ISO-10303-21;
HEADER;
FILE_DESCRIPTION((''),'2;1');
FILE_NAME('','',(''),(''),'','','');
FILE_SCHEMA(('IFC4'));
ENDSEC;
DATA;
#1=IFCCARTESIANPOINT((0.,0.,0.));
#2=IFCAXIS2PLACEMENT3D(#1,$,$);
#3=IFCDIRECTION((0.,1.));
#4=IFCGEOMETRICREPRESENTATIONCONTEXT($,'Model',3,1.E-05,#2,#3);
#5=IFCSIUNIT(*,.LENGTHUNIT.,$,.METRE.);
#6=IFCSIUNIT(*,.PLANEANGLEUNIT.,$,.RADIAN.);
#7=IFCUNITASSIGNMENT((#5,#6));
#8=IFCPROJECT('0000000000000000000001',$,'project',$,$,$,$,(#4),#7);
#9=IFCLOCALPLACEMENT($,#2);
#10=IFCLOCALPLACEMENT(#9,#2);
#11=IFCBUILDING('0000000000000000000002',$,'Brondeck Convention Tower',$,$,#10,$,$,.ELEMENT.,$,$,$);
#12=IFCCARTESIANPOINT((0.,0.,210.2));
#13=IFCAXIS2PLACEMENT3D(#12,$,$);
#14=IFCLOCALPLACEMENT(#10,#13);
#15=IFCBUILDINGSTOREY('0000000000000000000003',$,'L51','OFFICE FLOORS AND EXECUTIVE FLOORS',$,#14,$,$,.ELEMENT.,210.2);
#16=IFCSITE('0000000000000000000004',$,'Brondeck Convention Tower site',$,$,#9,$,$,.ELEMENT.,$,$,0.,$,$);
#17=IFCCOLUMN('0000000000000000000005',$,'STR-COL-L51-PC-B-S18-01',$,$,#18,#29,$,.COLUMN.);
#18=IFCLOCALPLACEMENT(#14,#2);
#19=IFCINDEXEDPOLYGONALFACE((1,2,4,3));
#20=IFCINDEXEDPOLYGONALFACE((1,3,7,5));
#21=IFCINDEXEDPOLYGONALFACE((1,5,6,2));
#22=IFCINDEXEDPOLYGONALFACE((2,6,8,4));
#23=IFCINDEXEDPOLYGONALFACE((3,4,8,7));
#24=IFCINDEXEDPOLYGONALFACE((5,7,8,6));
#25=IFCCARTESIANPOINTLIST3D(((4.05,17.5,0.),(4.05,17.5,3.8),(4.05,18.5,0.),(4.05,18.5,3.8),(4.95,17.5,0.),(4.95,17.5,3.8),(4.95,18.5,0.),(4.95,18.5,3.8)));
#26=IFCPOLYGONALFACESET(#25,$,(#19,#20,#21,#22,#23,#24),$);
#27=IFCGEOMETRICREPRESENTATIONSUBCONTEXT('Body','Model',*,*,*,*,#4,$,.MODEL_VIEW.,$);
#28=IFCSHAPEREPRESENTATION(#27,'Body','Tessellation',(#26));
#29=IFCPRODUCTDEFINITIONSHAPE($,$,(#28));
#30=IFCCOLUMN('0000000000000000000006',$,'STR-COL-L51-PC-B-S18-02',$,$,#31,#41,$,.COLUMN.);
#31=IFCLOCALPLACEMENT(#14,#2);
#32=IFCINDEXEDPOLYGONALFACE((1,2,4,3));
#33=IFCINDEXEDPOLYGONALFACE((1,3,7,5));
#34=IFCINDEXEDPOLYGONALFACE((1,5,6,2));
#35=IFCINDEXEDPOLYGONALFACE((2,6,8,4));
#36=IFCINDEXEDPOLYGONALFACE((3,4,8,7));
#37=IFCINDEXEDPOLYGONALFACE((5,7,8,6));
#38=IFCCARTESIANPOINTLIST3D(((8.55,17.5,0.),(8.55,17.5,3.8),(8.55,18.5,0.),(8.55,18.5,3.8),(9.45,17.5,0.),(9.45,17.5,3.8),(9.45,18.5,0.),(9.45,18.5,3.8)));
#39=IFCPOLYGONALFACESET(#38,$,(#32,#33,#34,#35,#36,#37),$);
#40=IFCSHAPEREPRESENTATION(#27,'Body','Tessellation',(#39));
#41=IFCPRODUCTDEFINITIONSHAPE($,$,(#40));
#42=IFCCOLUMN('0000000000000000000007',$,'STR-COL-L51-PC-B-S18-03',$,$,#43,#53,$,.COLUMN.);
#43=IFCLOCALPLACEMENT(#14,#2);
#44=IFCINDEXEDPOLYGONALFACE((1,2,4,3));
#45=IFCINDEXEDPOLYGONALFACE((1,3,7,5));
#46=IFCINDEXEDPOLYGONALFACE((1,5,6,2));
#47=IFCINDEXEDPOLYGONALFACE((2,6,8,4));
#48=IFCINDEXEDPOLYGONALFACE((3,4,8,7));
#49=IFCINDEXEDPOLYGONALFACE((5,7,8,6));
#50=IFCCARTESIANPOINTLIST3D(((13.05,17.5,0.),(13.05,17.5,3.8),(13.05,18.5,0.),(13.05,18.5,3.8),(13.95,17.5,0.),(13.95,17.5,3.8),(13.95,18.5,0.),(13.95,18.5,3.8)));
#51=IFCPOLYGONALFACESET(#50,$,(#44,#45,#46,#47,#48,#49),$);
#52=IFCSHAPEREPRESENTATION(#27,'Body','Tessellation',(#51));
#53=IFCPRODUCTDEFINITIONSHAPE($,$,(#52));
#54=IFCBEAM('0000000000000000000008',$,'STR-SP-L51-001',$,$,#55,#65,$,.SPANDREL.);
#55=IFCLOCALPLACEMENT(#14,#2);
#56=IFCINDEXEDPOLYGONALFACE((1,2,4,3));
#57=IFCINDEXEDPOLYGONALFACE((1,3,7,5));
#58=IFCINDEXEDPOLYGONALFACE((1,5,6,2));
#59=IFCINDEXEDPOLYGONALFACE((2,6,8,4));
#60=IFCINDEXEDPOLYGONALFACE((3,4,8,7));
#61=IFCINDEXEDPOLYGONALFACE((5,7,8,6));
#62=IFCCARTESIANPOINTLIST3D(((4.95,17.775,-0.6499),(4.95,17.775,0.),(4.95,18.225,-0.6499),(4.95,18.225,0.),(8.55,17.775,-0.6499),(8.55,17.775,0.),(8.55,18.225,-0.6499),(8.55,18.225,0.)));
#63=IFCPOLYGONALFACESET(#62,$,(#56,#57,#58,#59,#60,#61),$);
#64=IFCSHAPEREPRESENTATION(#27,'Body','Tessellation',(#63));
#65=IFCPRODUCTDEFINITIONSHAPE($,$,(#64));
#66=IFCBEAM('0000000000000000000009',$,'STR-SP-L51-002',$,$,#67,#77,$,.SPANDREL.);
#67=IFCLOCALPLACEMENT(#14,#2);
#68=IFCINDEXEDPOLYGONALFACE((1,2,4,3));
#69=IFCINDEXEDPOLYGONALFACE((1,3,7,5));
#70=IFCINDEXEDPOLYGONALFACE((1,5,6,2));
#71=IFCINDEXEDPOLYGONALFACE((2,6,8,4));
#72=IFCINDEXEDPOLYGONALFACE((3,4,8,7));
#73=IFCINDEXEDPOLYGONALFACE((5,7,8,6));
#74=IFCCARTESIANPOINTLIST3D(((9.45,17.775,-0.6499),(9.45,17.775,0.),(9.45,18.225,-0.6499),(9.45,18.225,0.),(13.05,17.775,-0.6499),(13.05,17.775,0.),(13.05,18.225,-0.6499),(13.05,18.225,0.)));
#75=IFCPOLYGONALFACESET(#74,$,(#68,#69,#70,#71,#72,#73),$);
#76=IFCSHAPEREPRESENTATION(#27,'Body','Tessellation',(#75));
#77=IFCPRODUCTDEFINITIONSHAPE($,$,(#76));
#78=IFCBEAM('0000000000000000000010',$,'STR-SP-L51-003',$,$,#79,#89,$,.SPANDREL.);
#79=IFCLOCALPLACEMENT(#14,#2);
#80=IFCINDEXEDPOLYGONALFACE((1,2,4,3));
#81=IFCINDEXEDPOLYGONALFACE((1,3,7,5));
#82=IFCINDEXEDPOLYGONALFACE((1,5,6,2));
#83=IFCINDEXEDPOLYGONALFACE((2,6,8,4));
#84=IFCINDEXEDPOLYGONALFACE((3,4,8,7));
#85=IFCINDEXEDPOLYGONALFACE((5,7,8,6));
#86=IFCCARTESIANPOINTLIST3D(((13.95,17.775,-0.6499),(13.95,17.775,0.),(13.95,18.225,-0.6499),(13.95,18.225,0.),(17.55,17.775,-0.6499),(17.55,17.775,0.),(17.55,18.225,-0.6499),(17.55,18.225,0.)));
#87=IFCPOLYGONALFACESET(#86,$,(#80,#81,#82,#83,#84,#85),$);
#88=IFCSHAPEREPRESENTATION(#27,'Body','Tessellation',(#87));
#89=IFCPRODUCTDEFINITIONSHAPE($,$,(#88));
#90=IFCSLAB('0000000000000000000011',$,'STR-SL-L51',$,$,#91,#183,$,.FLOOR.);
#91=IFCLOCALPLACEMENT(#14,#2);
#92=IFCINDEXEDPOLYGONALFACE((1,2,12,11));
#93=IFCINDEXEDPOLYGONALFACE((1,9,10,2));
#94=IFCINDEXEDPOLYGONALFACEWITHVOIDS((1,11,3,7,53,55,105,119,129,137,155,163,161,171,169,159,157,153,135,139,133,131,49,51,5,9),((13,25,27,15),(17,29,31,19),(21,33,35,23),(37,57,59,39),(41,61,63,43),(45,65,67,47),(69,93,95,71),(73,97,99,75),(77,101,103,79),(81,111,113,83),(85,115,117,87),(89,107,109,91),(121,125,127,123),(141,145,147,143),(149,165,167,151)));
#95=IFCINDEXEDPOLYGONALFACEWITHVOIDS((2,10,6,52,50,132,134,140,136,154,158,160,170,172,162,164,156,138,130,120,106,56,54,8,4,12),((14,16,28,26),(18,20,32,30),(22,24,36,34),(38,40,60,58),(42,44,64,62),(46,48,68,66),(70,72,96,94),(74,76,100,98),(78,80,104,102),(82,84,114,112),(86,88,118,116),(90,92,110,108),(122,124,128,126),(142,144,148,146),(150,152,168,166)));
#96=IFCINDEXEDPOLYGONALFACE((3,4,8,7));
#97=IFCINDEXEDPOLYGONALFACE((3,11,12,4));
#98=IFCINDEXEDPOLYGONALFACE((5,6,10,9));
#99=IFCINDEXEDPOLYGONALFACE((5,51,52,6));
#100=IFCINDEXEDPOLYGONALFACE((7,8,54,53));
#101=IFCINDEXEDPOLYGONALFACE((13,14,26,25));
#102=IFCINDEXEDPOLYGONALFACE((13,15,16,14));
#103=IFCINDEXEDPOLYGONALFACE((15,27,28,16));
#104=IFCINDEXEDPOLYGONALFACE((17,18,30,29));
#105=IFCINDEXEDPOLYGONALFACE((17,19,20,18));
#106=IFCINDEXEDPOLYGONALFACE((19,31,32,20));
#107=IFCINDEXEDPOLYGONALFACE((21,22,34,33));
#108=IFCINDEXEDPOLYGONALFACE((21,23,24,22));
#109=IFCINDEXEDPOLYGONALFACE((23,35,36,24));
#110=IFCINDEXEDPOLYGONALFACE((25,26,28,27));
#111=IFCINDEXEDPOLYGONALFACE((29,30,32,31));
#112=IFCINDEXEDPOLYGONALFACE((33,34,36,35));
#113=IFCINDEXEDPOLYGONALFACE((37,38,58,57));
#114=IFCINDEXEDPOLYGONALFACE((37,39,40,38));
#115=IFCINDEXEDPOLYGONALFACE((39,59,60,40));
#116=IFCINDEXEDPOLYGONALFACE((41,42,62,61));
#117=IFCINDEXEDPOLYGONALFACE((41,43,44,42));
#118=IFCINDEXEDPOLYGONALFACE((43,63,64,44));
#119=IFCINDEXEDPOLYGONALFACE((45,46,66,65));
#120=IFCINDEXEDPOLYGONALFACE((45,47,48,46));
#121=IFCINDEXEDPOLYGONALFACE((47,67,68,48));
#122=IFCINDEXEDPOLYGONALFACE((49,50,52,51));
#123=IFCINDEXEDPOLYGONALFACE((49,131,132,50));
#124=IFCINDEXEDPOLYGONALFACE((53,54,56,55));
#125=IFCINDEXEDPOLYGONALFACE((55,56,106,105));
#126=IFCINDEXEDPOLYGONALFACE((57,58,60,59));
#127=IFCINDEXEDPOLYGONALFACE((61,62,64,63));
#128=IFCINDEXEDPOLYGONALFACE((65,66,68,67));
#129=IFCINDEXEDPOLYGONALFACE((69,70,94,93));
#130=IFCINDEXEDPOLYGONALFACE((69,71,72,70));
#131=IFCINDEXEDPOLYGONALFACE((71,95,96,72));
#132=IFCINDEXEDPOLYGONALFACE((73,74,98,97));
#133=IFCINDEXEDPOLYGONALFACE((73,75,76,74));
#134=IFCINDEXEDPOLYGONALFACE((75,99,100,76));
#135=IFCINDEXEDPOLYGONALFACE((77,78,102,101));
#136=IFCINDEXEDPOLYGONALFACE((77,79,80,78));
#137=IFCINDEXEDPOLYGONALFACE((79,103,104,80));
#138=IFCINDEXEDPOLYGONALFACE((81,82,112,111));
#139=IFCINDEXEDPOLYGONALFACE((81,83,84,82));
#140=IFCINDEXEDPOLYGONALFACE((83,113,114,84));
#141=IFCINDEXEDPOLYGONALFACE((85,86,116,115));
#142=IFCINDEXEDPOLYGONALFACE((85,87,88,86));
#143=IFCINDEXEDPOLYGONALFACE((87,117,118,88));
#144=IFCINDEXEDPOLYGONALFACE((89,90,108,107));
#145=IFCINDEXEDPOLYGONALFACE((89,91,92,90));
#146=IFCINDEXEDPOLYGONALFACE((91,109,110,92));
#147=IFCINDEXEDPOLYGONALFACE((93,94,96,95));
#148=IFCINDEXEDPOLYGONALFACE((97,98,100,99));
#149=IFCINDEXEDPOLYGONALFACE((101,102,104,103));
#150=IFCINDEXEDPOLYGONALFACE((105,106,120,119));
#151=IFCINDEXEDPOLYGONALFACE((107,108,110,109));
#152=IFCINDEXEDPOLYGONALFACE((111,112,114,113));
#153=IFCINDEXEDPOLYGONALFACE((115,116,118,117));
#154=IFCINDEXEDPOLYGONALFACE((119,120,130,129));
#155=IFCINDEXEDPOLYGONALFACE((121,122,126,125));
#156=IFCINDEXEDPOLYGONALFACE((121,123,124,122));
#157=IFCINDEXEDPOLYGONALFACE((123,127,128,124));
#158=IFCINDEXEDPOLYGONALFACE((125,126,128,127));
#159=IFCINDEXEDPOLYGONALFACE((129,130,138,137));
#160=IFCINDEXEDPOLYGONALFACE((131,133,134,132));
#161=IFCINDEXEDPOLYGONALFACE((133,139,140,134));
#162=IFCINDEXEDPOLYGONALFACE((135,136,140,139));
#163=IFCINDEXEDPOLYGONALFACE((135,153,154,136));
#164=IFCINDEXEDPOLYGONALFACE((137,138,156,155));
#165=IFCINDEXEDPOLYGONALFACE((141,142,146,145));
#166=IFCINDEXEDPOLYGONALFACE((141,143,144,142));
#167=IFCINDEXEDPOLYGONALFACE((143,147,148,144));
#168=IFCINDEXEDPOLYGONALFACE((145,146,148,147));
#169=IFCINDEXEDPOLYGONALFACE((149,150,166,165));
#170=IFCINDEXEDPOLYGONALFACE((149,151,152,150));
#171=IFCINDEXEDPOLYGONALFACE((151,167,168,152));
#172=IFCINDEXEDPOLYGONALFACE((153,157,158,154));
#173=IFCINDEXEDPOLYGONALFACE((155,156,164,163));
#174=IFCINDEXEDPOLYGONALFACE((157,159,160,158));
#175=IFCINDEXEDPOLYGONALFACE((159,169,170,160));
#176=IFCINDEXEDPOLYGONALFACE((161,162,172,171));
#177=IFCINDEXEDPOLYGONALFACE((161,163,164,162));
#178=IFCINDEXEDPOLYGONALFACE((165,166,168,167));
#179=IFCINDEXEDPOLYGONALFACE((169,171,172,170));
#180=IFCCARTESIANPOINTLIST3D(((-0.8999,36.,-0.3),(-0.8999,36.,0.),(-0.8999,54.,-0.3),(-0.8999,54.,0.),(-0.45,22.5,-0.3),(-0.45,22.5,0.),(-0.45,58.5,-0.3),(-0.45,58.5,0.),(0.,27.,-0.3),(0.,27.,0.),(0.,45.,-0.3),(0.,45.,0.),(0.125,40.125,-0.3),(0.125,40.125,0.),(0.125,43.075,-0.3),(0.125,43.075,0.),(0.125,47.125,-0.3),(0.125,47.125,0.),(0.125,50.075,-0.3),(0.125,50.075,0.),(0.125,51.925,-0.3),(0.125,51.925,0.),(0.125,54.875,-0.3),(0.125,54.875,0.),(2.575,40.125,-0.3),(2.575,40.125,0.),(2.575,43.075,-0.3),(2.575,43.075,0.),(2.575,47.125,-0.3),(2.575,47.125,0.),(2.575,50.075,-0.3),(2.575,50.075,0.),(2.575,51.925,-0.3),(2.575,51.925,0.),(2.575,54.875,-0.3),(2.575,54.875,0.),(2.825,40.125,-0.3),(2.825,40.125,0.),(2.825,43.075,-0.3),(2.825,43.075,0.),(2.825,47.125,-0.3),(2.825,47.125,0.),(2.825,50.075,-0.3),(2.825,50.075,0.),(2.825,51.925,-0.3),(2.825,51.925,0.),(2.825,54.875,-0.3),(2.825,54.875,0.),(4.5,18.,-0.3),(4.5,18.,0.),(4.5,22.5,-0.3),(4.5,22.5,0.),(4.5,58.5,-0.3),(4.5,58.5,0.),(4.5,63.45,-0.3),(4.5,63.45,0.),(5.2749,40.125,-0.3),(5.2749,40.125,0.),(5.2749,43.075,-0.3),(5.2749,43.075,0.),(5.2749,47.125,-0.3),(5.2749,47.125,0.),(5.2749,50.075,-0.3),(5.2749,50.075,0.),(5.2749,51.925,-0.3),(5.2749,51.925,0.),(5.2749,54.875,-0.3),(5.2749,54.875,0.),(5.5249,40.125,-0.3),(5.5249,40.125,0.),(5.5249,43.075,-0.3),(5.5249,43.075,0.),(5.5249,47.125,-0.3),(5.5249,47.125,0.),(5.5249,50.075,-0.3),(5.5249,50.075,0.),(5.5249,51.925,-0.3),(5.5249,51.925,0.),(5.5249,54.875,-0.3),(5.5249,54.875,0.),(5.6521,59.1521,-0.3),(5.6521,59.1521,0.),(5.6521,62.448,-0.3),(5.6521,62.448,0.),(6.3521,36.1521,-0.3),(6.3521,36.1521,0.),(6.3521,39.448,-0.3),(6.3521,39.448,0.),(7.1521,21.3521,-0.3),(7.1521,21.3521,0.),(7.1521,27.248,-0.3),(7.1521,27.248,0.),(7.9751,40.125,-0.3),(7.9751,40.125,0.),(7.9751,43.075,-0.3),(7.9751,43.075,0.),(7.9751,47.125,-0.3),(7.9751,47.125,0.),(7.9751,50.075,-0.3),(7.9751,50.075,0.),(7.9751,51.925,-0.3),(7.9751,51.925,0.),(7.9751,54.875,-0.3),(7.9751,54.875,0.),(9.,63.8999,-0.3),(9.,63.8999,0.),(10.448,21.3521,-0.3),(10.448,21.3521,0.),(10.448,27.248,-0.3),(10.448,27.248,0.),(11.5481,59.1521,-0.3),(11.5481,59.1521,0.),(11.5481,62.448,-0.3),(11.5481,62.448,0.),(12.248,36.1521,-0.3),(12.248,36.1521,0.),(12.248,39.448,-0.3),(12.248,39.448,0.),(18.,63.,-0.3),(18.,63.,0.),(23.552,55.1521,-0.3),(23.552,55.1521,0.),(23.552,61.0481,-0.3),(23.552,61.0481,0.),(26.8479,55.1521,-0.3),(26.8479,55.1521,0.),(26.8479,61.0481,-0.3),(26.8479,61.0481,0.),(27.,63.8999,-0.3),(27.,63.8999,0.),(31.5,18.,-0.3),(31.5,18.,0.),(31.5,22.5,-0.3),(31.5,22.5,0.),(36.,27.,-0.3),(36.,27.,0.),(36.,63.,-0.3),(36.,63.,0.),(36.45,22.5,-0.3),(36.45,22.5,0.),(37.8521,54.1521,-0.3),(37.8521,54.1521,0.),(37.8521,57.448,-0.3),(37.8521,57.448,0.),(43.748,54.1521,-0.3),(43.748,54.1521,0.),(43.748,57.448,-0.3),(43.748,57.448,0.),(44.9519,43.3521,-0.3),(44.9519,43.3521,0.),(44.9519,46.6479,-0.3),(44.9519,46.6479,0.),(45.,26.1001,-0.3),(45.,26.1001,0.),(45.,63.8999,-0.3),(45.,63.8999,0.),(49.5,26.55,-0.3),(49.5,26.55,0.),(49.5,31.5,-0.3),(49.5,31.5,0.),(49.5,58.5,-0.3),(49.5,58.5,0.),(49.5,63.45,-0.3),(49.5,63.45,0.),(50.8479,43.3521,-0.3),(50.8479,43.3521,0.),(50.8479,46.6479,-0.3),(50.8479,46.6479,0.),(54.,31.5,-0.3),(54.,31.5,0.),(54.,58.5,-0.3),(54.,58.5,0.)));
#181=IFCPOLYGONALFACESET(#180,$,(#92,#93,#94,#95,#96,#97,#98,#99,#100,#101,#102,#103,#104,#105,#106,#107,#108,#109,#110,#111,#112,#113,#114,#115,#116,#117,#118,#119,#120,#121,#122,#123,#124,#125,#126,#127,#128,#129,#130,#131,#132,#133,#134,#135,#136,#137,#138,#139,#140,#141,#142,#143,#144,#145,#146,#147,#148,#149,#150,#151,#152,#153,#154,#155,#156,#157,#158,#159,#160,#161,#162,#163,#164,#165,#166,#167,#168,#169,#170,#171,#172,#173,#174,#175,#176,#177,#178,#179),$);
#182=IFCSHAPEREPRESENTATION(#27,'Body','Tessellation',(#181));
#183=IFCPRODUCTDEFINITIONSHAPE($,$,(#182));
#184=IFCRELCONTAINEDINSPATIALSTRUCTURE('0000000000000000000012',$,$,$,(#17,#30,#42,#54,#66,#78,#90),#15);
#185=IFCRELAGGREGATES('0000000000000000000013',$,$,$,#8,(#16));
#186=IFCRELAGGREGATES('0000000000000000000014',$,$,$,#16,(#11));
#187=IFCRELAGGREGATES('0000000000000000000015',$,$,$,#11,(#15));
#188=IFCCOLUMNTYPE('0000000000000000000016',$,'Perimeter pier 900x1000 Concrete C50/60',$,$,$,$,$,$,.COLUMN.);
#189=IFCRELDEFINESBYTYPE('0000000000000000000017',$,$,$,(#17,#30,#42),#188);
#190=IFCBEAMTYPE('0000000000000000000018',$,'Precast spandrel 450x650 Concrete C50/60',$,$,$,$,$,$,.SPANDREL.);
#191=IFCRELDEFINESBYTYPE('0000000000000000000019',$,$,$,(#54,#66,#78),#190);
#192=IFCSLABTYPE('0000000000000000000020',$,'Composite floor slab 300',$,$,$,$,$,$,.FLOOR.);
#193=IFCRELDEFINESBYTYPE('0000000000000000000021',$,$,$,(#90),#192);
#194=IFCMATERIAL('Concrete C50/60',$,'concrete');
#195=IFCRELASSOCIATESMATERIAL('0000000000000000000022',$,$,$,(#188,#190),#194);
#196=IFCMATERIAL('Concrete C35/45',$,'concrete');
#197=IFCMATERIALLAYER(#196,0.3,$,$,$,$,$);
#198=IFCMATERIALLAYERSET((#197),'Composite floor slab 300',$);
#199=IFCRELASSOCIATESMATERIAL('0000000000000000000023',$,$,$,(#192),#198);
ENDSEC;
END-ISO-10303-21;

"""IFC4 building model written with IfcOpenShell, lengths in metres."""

from ifc_helpers import new_model, si_unit, direction, frame, origin, origin_2d, place, context, subcontext, project, spatial, polyline, rectangle, outline, extrude, material, layer, layer_set, material_profile, profile_set, type_object, element, save


model = new_model("IFC4")

# Units and contexts
model_context = context("Model", 3, precision=1e-05, world=origin(), true_north=direction((0.0, 1.0)))
body_context = subcontext(model_context, "Body", "Model", "MODEL_VIEW")
ifc_project = project(units=[si_unit("LENGTHUNIT", "METRE"), si_unit("PLANEANGLEUNIT", "RADIAN")], contexts=[model_context])

# Site, building, storey
site_placement = place(None, origin())
site = spatial("IfcSite", under=ifc_project, at=site_placement, Name="Brondeck Convention Tower site", CompositionType="ELEMENT", RefElevation=0.0)
building_placement = place(site_placement, origin())
building = spatial("IfcBuilding", under=site, at=building_placement, Name="Brondeck Convention Tower", CompositionType="ELEMENT")
storey_placement = place(building_placement, frame((0.0, 0.0, 210.2)))
storey = spatial("IfcBuildingStorey", under=building, at=storey_placement, Name="L51", Description="OFFICE FLOORS AND EXECUTIVE FLOORS", CompositionType="ELEMENT", Elevation=210.2)

# Columns
ifc_material_1 = material(Name="Concrete C50/60", Category="concrete")
ifc_material_profile_1 = material_profile(ifc_material_1, rectangle(XDim=0.8999, YDim=1.0, at=origin_2d()), Name="Perimeter pier 900x1000 Concrete C50/60")
ifc_profile_set_1 = profile_set([ifc_material_profile_1], Name="Concrete C50/60")
column_type = type_object("IfcColumnType", Name="Perimeter pier 900x1000 Concrete C50/60", PredefinedType="COLUMN", material=ifc_profile_set_1)
for number, where, z_axis, x_axis, name in (
    (1, (4.5, 18.0, 0.0), (0.0, 0.0, 1.0), (1.0, 0.0, 0.0), "STR-COL-L51-PC-B-S18-01"),
    (2, (9.0, 18.0, 0.0), (0.0, 0.0, 1.0), (1.0, 0.0, 0.0), "STR-COL-L51-PC-B-S18-02"),
    (3, (13.5, 18.0, 0.0), (0.0, 0.0, 1.0), (1.0, 0.0, 0.0), "STR-COL-L51-PC-B-S18-03"),
):
    element("IfcColumn", number, at=place(storey_placement, frame(where, z_axis=z_axis, x_axis=x_axis)), inside=storey, type_object=column_type, Name=name, PredefinedType="COLUMN", context=body_context, shape_type="SweptSolid", body=[
        extrude(rectangle(XDim=0.8999, YDim=1.0, at=origin_2d()), origin(), (0.0, 0.0, 1.0), 3.8),
    ])

# Beams
ifc_material_profile_2 = material_profile(ifc_material_1, rectangle(XDim=0.45, YDim=0.6499, at=origin_2d()), Name="Precast spandrel 450x650 Concrete C50/60")
ifc_profile_set_2 = profile_set([ifc_material_profile_2], Name="Concrete C50/60")
beam_type = type_object("IfcBeamType", Name="Precast spandrel 450x650 Concrete C50/60", PredefinedType="SPANDREL", material=ifc_profile_set_2)
for number, where, z_axis, x_axis, name in (
    (4, (4.95, 18.0, -0.325), (1.0, 0.0, 0.0), (0.0, 1.0, 0.0), "STR-SP-L51-001"),
    (5, (9.45, 18.0, -0.325), (1.0, 0.0, 0.0), (0.0, 1.0, 0.0), "STR-SP-L51-002"),
    (6, (13.95, 18.0, -0.325), (1.0, 0.0, 0.0), (0.0, 1.0, 0.0), "STR-SP-L51-003"),
):
    element("IfcBeam", number, at=place(storey_placement, frame(where, z_axis=z_axis, x_axis=x_axis)), inside=storey, type_object=beam_type, Name=name, PredefinedType="SPANDREL", context=body_context, shape_type="SweptSolid", body=[
        extrude(rectangle(XDim=0.45, YDim=0.6499, at=origin_2d()), origin(), (0.0, 0.0, 1.0), 3.6001),
    ])

# Slab
ifc_material_2 = material(Name="Concrete C35/45", Category="concrete")
ifc_layer_1 = layer(ifc_material_2, 0.3)
ifc_layer_set_1 = layer_set([ifc_layer_1], Name="Composite floor slab 300")
slab_type_1 = type_object("IfcSlabType", Name="Composite floor slab 300", PredefinedType="FLOOR", material=ifc_layer_set_1)
slab_1_placement = place(storey_placement, frame((0.0, 0.0, -0.3)))
element("IfcSlab", 7, at=slab_1_placement, inside=storey, type_object=slab_type_1, Name="STR-SL-L51", PredefinedType="FLOOR", context=body_context, shape_type="SweptSolid", body=[
    extrude(outline(polyline([(4.5, 22.5), (-0.45, 22.5), (0.0, 27.0), (-0.8999, 36.0), (0.0, 45.0), (-0.8999, 54.0), (-0.45, 58.5), (4.5, 58.5), (4.5, 63.45), (9.0, 63.8999), (18.0, 63.0), (27.0, 63.8999), (36.0, 63.0), (45.0, 63.8999), (49.5, 63.45), (49.5, 58.5), (54.0, 58.5), (54.0, 31.5), (49.5, 31.5), (49.5, 26.55), (45.0, 26.1001), (36.0, 27.0), (36.45, 22.5), (31.5, 22.5), (31.5, 18.0), (4.5, 18.0), (4.5, 22.5)]), holes=[polyline([(2.575, 43.075), (0.125, 43.075), (0.125, 40.125), (2.575, 40.125), (2.575, 43.075)]), polyline([(5.2749, 40.125), (5.2749, 43.075), (2.825, 43.075), (2.825, 40.125), (5.2749, 40.125)]), polyline([(7.9751, 40.125), (7.9751, 43.075), (5.5249, 43.075), (5.5249, 40.125), (7.9751, 40.125)]), polyline([(2.575, 47.125), (2.575, 50.075), (0.125, 50.075), (0.125, 47.125), (2.575, 47.125)]), polyline([(5.2749, 47.125), (5.2749, 50.075), (2.825, 50.075), (2.825, 47.125), (5.2749, 47.125)]), polyline([(7.9751, 47.125), (7.9751, 50.075), (5.5249, 50.075), (5.5249, 47.125), (7.9751, 47.125)]), polyline([(2.575, 51.925), (2.575, 54.875), (0.125, 54.875), (0.125, 51.925), (2.575, 51.925)]), polyline([(5.2749, 51.925), (5.2749, 54.875), (2.825, 54.875), (2.825, 51.925), (5.2749, 51.925)]), polyline([(10.448, 27.248), (7.1521, 27.248), (7.1521, 21.3521), (10.448, 21.3521), (10.448, 27.248)]), polyline([(12.248, 36.1521), (12.248, 39.448), (6.3521, 39.448), (6.3521, 36.1521), (12.248, 36.1521)]), polyline([(50.8479, 43.3521), (50.8479, 46.6479), (44.9519, 46.6479), (44.9519, 43.3521), (50.8479, 43.3521)]), polyline([(7.9751, 51.925), (7.9751, 54.875), (5.5249, 54.875), (5.5249, 51.925), (7.9751, 51.925)]), polyline([(43.748, 54.1521), (43.748, 57.448), (37.8521, 57.448), (37.8521, 54.1521), (43.748, 54.1521)]), polyline([(23.552, 55.1521), (26.8479, 55.1521), (26.8479, 61.0481), (23.552, 61.0481), (23.552, 55.1521)]), polyline([(5.6521, 62.448), (5.6521, 59.1521), (11.5481, 59.1521), (11.5481, 62.448), (5.6521, 62.448)])]), origin(), (0.0, 0.0, 1.0), 0.3),
])

save(model, "model.ifc")
